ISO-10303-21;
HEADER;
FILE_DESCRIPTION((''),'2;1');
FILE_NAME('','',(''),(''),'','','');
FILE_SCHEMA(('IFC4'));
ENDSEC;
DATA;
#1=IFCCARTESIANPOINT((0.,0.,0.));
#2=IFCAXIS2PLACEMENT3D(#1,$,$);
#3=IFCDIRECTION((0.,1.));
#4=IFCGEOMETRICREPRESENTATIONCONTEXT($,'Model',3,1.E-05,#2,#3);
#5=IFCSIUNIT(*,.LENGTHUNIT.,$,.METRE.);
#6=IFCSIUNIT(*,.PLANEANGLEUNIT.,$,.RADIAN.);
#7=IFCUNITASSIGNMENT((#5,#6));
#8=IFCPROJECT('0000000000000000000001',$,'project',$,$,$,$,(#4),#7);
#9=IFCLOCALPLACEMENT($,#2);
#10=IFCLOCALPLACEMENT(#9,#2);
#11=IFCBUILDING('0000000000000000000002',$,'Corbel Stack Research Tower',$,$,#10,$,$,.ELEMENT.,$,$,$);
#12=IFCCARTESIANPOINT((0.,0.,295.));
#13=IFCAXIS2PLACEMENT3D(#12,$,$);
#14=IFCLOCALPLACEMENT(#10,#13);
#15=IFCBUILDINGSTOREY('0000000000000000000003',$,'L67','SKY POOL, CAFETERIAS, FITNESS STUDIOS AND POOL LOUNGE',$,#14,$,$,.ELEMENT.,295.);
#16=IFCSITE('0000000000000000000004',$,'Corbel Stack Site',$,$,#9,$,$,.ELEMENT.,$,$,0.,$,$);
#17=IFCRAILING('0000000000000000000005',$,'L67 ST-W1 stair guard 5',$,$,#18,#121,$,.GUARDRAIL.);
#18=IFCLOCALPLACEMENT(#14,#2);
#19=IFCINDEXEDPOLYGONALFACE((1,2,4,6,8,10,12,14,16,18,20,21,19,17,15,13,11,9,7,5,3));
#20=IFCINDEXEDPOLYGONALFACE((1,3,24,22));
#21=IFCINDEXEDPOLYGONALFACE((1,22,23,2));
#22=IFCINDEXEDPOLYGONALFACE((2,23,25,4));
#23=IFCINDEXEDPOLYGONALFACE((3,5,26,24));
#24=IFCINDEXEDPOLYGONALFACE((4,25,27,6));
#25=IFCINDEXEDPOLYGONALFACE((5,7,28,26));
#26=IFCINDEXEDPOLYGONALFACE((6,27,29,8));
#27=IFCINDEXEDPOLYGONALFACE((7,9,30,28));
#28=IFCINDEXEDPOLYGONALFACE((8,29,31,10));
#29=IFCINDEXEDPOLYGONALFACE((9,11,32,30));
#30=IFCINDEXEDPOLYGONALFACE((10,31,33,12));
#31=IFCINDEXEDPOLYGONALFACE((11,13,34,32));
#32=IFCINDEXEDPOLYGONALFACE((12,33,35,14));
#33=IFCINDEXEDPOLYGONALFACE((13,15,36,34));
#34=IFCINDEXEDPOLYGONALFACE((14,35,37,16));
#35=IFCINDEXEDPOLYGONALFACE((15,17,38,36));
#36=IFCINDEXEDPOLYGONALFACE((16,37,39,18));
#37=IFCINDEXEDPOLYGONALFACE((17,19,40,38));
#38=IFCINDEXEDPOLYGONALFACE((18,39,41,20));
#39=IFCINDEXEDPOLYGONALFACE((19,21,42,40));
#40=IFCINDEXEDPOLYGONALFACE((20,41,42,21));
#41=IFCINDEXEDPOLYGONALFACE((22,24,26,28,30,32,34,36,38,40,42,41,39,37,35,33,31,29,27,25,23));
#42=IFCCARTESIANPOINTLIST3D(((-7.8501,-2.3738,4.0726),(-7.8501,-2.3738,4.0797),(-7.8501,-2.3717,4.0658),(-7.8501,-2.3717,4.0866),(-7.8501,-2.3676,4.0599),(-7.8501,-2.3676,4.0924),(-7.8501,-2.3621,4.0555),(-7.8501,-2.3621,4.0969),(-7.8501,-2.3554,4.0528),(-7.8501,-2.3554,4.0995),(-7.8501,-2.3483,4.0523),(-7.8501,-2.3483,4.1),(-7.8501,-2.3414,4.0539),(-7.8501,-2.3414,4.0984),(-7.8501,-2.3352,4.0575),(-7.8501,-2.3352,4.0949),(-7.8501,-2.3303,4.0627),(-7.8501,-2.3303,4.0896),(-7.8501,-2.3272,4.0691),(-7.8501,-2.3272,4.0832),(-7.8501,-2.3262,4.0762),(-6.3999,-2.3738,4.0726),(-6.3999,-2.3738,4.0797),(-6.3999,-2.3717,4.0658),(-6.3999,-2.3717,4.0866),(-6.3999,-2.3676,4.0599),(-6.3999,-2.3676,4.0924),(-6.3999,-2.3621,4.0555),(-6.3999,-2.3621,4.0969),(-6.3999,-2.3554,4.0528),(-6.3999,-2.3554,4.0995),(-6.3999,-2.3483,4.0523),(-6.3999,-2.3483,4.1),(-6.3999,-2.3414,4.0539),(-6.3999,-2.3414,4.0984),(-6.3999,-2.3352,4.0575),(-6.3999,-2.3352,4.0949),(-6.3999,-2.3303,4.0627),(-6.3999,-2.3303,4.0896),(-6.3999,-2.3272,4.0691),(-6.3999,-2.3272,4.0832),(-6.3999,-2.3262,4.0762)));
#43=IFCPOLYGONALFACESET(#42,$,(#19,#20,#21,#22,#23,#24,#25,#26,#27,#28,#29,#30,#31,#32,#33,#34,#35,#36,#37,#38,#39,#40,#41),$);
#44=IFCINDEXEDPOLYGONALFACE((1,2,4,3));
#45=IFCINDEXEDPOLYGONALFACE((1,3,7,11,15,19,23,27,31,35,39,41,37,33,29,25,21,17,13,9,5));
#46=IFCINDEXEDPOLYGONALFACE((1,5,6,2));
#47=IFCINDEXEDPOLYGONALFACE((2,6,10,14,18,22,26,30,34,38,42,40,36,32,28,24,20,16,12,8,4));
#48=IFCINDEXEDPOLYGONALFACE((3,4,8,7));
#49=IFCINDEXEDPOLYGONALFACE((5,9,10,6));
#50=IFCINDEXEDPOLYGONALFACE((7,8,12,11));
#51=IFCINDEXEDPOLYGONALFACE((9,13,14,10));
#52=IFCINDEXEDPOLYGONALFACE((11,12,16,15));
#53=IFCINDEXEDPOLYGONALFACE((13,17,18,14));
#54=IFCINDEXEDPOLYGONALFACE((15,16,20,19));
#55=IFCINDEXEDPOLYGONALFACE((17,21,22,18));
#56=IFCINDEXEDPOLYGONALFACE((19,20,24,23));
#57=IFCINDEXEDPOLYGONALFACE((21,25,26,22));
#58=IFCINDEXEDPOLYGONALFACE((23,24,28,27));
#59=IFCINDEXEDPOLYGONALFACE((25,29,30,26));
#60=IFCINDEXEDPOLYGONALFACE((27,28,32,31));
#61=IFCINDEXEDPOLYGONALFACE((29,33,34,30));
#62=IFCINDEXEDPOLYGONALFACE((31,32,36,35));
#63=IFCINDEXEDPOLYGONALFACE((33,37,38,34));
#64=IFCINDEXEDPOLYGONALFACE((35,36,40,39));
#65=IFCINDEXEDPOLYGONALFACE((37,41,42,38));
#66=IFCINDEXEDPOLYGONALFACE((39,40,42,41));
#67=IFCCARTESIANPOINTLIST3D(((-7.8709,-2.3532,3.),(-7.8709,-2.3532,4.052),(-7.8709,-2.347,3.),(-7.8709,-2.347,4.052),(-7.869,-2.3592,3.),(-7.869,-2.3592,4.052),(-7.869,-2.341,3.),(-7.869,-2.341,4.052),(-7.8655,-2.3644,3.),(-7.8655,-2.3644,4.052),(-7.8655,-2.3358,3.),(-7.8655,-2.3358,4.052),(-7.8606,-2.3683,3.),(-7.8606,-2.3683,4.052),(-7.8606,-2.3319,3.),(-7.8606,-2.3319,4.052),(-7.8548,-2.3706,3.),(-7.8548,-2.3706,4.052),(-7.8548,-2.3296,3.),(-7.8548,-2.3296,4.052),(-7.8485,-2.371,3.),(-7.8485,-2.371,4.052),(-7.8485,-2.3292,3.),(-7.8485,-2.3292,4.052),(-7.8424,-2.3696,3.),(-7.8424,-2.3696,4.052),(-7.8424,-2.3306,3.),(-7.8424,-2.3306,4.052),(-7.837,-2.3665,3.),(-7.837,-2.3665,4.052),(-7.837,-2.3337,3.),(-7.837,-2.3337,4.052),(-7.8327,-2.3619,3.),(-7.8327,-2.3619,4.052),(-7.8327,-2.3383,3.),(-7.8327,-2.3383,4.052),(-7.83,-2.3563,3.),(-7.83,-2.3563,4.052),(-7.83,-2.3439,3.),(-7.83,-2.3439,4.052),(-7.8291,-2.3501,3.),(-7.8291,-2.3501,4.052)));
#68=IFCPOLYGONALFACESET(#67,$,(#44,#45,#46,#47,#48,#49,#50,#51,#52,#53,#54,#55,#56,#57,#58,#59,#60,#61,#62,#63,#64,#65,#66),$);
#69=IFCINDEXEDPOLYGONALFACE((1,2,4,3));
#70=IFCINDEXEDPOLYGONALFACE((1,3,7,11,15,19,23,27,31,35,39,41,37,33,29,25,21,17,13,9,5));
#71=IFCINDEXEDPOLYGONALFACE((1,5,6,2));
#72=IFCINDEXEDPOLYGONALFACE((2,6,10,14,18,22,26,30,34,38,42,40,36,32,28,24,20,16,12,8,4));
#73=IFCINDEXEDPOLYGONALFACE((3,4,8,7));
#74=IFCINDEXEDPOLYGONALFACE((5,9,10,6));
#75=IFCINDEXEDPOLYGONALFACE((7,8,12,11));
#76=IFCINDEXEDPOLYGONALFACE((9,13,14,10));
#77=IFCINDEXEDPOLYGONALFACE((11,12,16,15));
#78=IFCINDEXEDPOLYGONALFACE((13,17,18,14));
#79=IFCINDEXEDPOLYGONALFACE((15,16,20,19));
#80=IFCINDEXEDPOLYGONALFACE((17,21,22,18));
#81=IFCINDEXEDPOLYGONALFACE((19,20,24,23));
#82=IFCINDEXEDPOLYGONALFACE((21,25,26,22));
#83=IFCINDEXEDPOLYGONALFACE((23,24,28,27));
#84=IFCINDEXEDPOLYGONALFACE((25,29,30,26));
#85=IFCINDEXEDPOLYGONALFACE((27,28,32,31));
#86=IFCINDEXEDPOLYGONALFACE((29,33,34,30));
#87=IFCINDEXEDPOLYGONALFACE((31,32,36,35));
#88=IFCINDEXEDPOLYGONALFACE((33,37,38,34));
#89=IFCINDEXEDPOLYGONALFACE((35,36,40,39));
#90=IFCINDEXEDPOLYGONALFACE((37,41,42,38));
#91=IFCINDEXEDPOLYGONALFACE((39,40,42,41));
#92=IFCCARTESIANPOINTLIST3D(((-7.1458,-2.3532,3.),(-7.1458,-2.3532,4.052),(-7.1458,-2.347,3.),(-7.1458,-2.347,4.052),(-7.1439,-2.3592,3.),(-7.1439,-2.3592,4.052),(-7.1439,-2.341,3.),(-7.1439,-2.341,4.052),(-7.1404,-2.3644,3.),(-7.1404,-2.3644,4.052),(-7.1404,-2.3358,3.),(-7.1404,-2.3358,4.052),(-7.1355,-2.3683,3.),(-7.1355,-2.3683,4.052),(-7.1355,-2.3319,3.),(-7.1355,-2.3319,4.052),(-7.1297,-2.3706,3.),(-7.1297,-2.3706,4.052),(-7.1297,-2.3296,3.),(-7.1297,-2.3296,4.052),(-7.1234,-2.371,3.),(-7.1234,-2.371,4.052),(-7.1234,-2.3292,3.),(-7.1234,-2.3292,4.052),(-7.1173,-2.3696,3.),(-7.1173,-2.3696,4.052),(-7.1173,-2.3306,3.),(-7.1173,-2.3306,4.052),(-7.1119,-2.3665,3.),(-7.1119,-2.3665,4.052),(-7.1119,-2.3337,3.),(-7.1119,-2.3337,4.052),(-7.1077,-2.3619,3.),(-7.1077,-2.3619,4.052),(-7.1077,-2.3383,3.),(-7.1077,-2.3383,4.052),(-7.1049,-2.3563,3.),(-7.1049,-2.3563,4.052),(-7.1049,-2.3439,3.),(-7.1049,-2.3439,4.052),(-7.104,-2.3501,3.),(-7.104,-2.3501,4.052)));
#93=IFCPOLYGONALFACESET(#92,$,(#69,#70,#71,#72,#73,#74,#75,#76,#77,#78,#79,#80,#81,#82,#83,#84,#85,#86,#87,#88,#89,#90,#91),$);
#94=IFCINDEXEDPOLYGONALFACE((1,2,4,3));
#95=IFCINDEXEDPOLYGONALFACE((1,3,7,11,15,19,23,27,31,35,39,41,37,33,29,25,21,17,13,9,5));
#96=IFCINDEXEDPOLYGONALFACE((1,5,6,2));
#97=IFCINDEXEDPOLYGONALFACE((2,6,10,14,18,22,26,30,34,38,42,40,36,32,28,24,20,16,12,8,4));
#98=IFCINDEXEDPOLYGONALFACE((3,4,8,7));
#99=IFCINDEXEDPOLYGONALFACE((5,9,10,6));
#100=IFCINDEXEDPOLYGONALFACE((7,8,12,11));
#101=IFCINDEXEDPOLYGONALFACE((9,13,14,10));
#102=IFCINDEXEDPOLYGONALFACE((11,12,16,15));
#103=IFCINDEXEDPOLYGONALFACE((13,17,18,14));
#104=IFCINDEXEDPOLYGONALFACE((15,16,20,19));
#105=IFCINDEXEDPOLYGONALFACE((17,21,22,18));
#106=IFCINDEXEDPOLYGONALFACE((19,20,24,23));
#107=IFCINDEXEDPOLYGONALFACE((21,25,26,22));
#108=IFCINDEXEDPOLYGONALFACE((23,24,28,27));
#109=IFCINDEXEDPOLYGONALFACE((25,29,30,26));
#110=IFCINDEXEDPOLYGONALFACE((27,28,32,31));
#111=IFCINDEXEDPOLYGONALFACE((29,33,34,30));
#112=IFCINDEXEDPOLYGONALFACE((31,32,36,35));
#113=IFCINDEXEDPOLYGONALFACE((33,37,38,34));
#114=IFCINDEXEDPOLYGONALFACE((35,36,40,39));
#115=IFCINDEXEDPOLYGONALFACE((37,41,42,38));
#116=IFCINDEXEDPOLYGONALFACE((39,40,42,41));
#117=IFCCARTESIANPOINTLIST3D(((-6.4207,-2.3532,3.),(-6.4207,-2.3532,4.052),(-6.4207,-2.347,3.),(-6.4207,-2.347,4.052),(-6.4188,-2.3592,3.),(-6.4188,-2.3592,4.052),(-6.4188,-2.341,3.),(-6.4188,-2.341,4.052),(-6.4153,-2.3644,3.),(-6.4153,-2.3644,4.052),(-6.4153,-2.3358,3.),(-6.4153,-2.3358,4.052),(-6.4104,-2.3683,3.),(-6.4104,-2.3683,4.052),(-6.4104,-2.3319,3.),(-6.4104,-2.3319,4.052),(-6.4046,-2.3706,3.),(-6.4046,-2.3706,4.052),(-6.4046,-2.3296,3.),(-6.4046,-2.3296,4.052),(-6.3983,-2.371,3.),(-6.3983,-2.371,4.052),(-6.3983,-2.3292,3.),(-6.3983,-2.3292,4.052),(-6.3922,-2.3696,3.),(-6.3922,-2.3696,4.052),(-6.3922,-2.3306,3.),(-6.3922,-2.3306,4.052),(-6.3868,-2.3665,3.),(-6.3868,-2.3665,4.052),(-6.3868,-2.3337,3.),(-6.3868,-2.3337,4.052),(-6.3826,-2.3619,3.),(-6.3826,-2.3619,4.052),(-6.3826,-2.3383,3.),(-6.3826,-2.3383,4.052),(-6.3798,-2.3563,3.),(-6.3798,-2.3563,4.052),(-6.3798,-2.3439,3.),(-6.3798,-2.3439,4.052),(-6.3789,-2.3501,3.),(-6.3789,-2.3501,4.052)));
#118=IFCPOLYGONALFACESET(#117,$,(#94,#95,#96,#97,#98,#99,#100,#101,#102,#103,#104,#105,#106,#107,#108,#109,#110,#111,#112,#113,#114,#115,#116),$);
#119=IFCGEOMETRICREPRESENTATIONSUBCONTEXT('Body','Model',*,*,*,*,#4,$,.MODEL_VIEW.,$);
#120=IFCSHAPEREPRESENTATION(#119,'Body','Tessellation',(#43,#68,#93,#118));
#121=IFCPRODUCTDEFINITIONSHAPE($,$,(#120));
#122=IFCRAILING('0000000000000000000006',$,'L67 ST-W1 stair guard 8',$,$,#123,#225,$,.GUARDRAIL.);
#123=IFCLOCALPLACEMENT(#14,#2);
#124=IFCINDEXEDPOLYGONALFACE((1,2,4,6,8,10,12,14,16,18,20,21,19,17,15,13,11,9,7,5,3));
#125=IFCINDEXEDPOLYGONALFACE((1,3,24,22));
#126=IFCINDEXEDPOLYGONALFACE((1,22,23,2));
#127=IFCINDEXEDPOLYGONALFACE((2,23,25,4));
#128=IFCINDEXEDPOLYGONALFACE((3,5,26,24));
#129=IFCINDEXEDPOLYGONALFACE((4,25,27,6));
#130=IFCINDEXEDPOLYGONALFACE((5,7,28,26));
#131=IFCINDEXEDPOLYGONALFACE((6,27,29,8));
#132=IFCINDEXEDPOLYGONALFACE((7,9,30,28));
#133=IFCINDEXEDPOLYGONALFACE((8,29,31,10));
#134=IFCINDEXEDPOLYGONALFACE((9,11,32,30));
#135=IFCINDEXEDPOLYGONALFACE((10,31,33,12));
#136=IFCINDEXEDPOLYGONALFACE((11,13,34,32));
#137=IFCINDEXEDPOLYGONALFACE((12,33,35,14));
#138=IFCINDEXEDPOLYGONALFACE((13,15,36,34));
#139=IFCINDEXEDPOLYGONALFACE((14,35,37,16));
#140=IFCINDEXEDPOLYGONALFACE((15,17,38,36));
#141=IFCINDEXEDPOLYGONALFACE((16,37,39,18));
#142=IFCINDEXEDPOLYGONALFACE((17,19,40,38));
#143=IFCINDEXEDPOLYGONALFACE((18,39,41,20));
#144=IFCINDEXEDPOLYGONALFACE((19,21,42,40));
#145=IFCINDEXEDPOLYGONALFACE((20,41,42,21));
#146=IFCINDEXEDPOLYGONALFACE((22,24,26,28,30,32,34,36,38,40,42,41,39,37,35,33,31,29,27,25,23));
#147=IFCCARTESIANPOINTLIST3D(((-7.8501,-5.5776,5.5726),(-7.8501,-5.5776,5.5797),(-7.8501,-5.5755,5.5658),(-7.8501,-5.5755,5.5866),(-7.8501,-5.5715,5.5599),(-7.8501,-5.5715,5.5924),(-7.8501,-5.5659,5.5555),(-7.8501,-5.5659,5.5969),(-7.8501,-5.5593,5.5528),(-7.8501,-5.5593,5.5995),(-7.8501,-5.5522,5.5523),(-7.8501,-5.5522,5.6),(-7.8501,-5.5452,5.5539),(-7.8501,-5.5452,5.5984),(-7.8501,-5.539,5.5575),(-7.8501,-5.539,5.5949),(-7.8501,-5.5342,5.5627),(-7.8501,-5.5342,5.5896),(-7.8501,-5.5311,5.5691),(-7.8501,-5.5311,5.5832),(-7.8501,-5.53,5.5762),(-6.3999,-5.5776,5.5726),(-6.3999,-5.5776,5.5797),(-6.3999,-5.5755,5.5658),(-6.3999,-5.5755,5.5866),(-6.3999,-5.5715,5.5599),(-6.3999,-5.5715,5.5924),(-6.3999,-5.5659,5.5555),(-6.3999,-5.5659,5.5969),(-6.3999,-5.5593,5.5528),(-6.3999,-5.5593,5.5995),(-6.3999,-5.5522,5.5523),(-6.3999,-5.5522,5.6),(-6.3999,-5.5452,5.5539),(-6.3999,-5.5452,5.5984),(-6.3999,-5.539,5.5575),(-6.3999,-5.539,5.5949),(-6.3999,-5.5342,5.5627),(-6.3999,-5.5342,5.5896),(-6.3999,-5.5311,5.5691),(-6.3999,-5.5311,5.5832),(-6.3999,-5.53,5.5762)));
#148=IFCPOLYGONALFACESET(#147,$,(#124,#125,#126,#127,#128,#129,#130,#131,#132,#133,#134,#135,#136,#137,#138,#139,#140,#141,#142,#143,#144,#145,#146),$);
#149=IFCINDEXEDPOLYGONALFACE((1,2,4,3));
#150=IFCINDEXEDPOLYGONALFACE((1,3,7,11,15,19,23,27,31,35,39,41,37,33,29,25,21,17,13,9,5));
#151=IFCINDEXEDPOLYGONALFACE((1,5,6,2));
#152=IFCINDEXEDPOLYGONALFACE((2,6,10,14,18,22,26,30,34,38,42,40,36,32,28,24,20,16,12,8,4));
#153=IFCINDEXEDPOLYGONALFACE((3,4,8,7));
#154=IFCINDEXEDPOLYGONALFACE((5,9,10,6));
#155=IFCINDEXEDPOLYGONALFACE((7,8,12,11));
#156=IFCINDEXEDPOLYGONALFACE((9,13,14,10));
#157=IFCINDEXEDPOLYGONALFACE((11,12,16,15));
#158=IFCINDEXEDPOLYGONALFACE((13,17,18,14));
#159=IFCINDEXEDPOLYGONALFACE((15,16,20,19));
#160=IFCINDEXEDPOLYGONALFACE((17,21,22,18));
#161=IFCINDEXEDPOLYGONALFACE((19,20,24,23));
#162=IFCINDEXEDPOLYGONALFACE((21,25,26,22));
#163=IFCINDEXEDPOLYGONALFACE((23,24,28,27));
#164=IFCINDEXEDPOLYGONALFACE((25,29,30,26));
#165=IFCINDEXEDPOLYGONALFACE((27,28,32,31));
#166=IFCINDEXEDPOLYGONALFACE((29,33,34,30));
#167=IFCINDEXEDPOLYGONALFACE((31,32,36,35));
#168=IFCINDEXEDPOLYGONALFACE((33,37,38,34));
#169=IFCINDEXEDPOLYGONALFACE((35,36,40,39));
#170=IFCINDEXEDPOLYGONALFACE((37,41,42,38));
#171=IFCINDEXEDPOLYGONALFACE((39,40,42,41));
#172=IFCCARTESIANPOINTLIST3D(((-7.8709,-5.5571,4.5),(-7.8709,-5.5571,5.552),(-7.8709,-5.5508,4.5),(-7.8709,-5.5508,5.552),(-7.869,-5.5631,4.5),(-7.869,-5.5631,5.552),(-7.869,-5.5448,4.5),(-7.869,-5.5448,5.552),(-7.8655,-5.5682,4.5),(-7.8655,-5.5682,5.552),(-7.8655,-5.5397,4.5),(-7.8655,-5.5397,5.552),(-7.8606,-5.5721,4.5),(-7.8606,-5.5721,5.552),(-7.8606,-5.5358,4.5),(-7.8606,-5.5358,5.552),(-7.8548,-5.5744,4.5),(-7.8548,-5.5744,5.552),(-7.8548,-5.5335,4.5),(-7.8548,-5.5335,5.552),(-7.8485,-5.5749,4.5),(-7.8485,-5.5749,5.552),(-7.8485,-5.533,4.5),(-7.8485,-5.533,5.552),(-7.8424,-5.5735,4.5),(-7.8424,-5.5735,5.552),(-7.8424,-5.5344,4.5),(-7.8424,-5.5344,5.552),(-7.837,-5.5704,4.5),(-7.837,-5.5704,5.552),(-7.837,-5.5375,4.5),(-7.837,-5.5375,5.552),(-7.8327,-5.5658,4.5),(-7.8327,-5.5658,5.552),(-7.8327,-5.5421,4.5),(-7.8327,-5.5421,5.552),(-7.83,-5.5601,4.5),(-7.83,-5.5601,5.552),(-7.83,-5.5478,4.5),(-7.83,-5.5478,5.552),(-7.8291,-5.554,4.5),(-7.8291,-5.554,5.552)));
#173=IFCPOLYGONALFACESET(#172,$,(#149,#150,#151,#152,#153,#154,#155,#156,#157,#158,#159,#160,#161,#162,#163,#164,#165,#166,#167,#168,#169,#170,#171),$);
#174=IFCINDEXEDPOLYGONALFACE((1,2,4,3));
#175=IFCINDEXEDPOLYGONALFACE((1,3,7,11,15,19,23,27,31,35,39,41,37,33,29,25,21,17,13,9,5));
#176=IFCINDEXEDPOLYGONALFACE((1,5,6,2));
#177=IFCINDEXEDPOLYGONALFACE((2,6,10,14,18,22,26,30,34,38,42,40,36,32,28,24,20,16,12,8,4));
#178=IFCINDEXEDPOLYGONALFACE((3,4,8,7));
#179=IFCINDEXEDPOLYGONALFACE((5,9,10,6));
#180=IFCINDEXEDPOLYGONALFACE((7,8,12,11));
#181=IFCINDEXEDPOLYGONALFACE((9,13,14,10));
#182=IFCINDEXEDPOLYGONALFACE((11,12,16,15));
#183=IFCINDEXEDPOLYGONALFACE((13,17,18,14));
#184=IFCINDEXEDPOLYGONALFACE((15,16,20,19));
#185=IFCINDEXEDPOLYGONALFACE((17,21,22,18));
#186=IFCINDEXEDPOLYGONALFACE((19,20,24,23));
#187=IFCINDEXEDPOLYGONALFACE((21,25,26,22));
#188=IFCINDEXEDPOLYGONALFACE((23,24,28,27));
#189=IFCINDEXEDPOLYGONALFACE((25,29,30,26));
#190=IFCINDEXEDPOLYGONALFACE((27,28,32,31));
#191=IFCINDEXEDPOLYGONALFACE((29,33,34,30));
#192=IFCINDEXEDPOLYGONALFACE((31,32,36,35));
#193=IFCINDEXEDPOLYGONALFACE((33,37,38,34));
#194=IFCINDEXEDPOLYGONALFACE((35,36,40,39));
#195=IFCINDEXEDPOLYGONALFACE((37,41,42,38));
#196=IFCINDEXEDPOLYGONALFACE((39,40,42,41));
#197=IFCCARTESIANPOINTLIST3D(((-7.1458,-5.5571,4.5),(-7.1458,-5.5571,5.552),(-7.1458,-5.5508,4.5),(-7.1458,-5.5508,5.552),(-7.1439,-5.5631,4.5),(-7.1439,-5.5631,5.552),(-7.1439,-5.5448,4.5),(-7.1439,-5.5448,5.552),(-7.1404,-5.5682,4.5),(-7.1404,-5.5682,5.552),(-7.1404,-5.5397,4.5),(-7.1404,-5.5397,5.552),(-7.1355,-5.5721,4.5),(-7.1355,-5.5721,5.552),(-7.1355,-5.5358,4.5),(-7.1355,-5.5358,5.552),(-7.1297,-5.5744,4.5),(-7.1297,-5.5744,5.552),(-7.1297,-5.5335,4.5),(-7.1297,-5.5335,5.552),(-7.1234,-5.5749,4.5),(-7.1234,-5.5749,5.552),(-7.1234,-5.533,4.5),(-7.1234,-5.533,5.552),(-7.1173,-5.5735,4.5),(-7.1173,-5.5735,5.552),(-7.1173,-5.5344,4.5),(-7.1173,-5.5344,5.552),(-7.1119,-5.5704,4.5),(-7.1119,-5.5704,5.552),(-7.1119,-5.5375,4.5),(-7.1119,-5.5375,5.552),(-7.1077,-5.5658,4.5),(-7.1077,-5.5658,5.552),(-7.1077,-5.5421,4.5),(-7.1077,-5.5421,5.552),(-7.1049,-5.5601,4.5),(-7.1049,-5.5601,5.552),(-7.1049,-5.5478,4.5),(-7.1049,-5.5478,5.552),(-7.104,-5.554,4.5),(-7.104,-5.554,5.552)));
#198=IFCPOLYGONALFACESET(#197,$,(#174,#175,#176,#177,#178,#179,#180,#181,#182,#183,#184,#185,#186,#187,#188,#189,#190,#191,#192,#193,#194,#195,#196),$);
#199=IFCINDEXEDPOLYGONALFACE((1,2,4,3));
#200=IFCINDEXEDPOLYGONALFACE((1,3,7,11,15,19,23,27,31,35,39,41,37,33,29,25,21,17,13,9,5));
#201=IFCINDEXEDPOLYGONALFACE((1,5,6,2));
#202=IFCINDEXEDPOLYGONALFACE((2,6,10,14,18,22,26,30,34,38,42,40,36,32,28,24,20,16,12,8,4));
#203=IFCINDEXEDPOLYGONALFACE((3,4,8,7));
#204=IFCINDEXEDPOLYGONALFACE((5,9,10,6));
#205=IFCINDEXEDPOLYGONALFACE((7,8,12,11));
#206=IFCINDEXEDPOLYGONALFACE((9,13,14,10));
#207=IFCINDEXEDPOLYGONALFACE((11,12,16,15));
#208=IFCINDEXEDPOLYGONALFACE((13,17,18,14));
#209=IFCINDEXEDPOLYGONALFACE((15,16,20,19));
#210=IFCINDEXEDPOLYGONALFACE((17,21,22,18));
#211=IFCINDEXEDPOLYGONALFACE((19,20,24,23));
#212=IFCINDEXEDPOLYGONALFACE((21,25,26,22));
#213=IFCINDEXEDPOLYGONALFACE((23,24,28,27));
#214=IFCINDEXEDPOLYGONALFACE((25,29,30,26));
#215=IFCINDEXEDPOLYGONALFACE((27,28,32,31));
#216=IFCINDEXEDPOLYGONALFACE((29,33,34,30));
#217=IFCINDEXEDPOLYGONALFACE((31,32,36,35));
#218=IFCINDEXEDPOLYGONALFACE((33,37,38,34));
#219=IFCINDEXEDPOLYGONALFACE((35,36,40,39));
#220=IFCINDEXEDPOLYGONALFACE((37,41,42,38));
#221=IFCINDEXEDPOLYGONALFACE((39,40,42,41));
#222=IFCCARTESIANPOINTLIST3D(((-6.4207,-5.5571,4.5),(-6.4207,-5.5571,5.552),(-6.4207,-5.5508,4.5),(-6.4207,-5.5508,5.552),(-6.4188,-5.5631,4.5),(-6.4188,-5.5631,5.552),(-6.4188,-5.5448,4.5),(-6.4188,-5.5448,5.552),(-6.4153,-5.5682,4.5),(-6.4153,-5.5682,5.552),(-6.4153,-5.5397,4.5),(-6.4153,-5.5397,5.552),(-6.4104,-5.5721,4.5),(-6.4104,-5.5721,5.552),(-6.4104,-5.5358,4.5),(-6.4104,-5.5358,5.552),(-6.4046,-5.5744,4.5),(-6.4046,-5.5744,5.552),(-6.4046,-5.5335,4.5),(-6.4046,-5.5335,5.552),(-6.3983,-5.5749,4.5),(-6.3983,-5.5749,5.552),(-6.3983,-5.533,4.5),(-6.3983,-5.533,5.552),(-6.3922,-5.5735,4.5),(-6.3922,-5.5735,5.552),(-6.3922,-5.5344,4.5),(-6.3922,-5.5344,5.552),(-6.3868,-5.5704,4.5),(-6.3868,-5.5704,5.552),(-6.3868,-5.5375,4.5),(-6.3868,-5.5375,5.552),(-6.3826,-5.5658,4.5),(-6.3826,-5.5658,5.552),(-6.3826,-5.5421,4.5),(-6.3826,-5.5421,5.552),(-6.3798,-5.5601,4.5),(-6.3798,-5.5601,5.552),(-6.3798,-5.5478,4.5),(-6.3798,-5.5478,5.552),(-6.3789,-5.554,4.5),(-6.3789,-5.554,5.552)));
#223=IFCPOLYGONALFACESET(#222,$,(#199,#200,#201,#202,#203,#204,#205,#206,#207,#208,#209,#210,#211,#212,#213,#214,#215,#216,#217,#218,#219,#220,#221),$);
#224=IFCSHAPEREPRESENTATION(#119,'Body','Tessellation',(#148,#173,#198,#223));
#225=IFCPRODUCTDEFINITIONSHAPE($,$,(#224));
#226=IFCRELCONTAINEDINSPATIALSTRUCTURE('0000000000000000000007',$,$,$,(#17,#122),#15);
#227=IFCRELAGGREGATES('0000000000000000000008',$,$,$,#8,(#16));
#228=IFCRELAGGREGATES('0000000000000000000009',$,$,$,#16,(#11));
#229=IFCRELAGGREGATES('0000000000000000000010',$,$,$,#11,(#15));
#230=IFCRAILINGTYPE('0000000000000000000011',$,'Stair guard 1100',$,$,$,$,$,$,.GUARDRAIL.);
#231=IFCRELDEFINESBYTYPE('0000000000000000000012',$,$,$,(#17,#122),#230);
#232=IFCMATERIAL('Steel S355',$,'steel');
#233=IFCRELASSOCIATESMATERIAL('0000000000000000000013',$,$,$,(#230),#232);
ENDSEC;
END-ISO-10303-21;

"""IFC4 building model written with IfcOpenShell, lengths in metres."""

from ifc_helpers import new_model, si_unit, direction, frame, origin, origin_2d, place, context, subcontext, project, spatial, circle, extrude, material, type_object, element, save


model = new_model("IFC4")

# Units and contexts
model_context = context("Model", 3, precision=1e-05, world=origin(), true_north=direction((0.0, 1.0)))
body_context = subcontext(model_context, "Body", "Model", "MODEL_VIEW")
ifc_project = project(units=[si_unit("LENGTHUNIT", "METRE"), si_unit("PLANEANGLEUNIT", "RADIAN")], contexts=[model_context])

# Site, building, storey
site_placement = place(None, origin())
site = spatial("IfcSite", under=ifc_project, at=site_placement, Name="Corbel Stack Site", CompositionType="ELEMENT", RefElevation=0.0)
building_placement = place(site_placement, origin())
building = spatial("IfcBuilding", under=site, at=building_placement, Name="Corbel Stack Research Tower", CompositionType="ELEMENT")
storey_placement = place(building_placement, frame((0.0, 0.0, 295.0)))
storey = spatial("IfcBuildingStorey", under=building, at=storey_placement, Name="L67", Description="SKY POOL, CAFETERIAS, FITNESS STUDIOS AND POOL LOUNGE", CompositionType="ELEMENT", Elevation=295.0)

# Railings
ifc_material_1 = material(Name="Steel S355", Category="steel")
railing_type_1 = type_object("IfcRailingType", Name="Stair guard 1100", PredefinedType="GUARDRAIL", material=ifc_material_1)
for number, where, name in (
    (1, (-7.8501, -2.3501, 3.0), "L67 ST-W1 stair guard 5"),
    (2, (-7.8501, -5.554, 4.5), "L67 ST-W1 stair guard 8"),
):
    element("IfcRailing", number, at=place(storey_placement, frame(where)), inside=storey, type_object=railing_type_1, Name=name, PredefinedType="GUARDRAIL", context=body_context, shape_type="SweptSolid", body=[
        extrude(circle(Radius=0.0239, at=origin_2d()), frame((0.0, 0.0, 1.0762), z_axis=(1.0, 0.0, 0.0), x_axis=(0.0, 1.0, 0.0)), (0.0, 0.0, 1.0), 1.4502),
        extrude(circle(Radius=0.021, at=origin_2d()), origin(), (0.0, 0.0, 1.0), 1.052),
        extrude(circle(Radius=0.021, at=origin_2d()), frame((0.7251, 0.0, 0.0)), (0.0, 0.0, 1.0), 1.052),
        extrude(circle(Radius=0.021, at=origin_2d()), frame((1.4502, 0.0, 0.0)), (0.0, 0.0, 1.0), 1.052),
    ])

save(model, "model.ifc")
